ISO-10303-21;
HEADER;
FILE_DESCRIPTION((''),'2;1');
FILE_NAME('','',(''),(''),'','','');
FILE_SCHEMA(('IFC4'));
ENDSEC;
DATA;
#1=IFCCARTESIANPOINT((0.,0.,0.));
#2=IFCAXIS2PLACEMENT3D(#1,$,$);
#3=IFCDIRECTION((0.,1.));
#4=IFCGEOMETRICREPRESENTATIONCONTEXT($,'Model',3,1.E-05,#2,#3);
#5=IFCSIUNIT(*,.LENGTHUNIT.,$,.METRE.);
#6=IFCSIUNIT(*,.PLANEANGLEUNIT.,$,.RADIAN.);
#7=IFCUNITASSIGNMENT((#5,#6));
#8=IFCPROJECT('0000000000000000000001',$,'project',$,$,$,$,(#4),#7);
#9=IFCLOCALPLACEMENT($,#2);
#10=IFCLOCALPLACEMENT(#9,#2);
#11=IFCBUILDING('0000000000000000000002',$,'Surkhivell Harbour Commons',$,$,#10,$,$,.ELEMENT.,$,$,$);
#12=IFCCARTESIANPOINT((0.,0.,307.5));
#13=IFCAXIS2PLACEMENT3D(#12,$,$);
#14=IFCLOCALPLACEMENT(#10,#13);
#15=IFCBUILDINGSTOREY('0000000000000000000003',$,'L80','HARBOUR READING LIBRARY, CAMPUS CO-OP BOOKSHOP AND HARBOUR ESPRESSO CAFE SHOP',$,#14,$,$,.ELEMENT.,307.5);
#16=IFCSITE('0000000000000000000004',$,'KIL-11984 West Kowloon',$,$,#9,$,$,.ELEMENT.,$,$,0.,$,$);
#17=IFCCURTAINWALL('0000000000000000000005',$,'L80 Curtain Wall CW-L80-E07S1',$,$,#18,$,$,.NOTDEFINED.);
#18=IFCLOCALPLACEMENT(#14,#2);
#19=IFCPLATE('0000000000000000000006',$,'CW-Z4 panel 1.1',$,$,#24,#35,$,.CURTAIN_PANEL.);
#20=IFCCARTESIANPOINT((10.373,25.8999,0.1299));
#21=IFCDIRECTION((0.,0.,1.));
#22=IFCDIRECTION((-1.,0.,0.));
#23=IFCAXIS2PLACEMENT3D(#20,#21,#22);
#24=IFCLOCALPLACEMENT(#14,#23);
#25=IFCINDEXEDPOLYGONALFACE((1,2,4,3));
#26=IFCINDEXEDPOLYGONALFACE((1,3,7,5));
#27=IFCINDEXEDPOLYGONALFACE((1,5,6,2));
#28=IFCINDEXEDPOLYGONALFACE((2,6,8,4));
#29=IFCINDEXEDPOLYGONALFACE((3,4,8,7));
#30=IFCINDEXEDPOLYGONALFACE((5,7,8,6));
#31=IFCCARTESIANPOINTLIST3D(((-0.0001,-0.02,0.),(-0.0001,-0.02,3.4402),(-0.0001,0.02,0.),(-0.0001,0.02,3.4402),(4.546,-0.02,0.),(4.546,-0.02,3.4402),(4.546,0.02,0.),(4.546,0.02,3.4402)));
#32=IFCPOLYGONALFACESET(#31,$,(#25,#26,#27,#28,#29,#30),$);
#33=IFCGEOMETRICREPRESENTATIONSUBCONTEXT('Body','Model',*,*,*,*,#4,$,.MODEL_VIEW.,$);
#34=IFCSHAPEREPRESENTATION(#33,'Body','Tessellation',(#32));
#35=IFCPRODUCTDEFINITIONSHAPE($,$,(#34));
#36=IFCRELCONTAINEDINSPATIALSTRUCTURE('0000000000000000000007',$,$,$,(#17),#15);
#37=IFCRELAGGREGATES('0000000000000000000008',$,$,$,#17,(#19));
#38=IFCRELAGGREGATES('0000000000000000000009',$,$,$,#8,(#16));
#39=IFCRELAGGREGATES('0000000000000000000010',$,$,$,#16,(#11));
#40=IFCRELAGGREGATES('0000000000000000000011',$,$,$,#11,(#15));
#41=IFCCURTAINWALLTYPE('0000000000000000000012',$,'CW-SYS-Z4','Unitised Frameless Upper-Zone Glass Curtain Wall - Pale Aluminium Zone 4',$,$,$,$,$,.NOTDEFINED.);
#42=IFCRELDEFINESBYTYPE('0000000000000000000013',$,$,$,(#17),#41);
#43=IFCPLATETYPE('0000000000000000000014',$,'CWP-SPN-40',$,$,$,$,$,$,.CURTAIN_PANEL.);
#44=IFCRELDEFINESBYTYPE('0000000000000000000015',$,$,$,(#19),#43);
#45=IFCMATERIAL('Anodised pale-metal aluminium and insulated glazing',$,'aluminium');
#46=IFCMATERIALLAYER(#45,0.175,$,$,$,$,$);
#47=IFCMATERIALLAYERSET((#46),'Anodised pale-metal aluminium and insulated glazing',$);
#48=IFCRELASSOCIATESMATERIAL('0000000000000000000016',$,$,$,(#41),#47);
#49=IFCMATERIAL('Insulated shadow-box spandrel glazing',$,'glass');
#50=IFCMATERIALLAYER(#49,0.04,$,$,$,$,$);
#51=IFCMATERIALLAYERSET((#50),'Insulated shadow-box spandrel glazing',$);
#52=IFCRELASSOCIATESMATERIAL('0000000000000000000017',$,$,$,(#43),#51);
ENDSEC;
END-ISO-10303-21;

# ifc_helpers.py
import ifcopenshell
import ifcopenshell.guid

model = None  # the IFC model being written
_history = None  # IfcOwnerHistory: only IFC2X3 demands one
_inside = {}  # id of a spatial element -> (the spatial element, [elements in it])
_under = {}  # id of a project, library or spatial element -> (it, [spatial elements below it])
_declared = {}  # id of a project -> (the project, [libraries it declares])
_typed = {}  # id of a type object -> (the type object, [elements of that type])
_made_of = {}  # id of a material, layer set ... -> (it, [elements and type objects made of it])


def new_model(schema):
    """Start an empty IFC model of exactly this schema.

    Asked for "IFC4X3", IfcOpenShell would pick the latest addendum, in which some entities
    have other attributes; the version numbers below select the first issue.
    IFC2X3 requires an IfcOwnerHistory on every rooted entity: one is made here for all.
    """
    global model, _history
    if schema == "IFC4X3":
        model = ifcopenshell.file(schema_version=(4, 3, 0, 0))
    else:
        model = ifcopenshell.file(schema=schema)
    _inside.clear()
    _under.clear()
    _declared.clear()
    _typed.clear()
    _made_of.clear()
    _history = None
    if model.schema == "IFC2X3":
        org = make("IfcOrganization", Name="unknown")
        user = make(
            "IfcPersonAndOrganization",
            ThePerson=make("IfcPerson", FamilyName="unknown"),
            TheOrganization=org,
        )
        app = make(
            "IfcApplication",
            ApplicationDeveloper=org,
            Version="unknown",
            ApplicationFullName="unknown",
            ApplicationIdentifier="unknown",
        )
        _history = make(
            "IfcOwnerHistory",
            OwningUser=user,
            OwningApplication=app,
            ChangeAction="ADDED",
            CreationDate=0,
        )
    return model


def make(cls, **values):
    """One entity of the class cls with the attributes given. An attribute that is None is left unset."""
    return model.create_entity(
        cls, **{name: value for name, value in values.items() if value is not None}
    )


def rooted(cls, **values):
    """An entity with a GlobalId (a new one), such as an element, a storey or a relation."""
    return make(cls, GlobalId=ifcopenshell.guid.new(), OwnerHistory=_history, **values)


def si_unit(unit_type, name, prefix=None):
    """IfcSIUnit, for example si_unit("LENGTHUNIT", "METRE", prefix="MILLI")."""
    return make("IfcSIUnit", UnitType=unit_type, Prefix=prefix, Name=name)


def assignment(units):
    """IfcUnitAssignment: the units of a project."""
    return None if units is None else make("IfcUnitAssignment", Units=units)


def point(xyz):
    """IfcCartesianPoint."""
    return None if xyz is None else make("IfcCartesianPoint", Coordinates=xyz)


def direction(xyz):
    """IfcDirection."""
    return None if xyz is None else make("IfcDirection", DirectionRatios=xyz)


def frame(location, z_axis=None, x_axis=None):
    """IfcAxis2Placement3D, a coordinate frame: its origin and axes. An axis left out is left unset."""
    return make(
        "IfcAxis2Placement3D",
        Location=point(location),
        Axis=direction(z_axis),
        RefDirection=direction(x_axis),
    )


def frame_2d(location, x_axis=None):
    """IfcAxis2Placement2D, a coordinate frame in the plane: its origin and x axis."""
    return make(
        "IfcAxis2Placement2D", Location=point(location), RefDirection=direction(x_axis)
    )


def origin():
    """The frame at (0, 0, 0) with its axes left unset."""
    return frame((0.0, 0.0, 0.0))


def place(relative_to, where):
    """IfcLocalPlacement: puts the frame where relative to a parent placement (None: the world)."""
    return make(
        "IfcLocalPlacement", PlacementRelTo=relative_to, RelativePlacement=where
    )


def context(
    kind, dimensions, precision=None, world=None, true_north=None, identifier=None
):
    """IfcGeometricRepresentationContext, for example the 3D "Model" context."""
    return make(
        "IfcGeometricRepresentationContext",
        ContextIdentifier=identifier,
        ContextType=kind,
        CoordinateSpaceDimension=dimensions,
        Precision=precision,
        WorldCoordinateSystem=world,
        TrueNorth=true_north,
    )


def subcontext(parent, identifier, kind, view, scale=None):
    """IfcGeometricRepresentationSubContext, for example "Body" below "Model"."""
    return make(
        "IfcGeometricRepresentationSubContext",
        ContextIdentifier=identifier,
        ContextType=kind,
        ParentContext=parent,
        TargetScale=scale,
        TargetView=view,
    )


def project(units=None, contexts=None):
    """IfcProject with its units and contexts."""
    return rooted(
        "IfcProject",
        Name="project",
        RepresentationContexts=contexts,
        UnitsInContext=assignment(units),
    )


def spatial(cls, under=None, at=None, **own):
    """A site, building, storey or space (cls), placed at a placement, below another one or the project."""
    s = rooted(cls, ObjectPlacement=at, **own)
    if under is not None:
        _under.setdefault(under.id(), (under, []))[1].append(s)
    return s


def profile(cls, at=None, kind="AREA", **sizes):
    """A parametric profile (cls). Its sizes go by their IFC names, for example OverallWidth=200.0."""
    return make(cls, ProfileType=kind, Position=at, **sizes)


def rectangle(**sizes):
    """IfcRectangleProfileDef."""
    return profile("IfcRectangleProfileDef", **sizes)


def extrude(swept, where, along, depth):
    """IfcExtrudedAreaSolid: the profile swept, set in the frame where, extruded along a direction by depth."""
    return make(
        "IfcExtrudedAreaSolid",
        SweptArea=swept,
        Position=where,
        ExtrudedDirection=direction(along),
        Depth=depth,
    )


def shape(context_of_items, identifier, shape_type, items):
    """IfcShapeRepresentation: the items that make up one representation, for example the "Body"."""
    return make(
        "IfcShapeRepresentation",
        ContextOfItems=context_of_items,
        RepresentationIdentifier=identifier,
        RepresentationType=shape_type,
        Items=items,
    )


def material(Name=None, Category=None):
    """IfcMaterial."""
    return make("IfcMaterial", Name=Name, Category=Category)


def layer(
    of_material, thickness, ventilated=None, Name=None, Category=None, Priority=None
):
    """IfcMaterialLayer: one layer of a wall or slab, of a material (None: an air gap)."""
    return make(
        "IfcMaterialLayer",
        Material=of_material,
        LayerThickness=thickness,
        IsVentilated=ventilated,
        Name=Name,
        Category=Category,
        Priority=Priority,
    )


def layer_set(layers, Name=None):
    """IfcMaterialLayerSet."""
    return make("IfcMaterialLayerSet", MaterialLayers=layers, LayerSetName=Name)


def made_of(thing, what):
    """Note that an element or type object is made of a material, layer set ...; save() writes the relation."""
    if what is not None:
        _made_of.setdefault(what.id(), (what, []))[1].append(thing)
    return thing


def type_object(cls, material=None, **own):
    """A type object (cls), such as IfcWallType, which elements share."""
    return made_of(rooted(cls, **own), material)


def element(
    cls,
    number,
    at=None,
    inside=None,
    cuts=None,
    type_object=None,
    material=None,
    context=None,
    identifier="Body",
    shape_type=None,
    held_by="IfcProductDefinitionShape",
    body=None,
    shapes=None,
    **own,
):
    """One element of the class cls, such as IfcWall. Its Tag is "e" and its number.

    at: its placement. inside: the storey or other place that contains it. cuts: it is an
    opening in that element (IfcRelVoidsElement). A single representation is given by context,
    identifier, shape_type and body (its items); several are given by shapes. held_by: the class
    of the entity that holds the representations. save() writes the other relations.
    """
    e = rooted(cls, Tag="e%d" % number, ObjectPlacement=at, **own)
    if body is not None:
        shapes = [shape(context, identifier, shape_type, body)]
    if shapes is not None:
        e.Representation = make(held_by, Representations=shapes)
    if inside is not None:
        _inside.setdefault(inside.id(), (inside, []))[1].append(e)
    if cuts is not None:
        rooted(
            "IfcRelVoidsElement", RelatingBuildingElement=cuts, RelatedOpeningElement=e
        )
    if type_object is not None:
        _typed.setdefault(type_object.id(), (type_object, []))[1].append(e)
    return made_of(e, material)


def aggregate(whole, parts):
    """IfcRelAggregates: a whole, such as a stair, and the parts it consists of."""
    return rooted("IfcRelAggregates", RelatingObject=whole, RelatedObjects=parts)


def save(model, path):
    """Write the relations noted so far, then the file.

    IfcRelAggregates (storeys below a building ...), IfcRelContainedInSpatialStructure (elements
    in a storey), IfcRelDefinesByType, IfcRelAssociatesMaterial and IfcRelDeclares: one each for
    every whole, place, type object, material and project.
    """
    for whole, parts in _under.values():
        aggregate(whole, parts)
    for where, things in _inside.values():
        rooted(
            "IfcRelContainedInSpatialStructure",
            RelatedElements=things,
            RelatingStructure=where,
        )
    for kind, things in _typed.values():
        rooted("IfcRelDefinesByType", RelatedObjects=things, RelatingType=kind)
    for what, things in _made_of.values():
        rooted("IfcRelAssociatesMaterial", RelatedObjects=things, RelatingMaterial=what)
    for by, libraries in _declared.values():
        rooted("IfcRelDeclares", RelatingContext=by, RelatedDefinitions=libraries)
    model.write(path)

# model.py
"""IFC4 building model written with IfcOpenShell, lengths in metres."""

from ifc_helpers import new_model, si_unit, direction, frame, frame_2d, origin, place, context, subcontext, project, spatial, rectangle, extrude, material, layer, layer_set, type_object, element, aggregate, save


model = new_model("IFC4")

# Units and contexts
model_context = context("Model", 3, precision=1e-05, world=origin(), true_north=direction((0.0, 1.0)))
body_context = subcontext(model_context, "Body", "Model", "MODEL_VIEW")
ifc_project = project(units=[si_unit("LENGTHUNIT", "METRE"), si_unit("PLANEANGLEUNIT", "RADIAN")], contexts=[model_context])

# Site, building, storey
site_placement = place(None, origin())
site = spatial("IfcSite", under=ifc_project, at=site_placement, Name="KIL-11984 West Kowloon", CompositionType="ELEMENT", RefElevation=0.0)
building_placement = place(site_placement, origin())
building = spatial("IfcBuilding", under=site, at=building_placement, Name="Surkhivell Harbour Commons", CompositionType="ELEMENT")
storey_placement = place(building_placement, frame((0.0, 0.0, 307.5)))
storey = spatial("IfcBuildingStorey", under=building, at=storey_placement, Name="L80", Description="HARBOUR READING LIBRARY, CAMPUS CO-OP BOOKSHOP AND HARBOUR ESPRESSO CAFE SHOP", CompositionType="ELEMENT", Elevation=307.5)

# Curtain wall
ifc_material_1 = material(Name="Anodised pale-metal aluminium and insulated glazing", Category="aluminium")
ifc_layer_1 = layer(ifc_material_1, 0.175)
ifc_layer_set_1 = layer_set([ifc_layer_1], Name="Anodised pale-metal aluminium and insulated glazing")
curtain_wall_type = type_object("IfcCurtainWallType", Name="CW-SYS-Z4", Description="Unitised Frameless Upper-Zone Glass Curtain Wall - Pale Aluminium Zone 4", PredefinedType="NOTDEFINED", material=ifc_layer_set_1)
curtain_wall_1_placement = place(storey_placement, origin())
curtain_wall_1 = element("IfcCurtainWall", 1, at=curtain_wall_1_placement, inside=storey, type_object=curtain_wall_type, Name="L80 Curtain Wall CW-L80-E07S1", PredefinedType="NOTDEFINED")

# Plate
ifc_material_2 = material(Name="Insulated shadow-box spandrel glazing", Category="glass")
ifc_layer_2 = layer(ifc_material_2, 0.04)
ifc_layer_set_2 = layer_set([ifc_layer_2], Name="Insulated shadow-box spandrel glazing")
plate_type = type_object("IfcPlateType", Name="CWP-SPN-40", PredefinedType="CURTAIN_PANEL", material=ifc_layer_set_2)
plate_1_placement = place(storey_placement, frame((10.373, 25.8999, 0.1299), z_axis=(0.0, 0.0, 1.0), x_axis=(-1.0, 0.0, 0.0)))
plate_1 = element("IfcPlate", 2, at=plate_1_placement, type_object=plate_type, Name="CW-Z4 panel 1.1", PredefinedType="CURTAIN_PANEL", context=body_context, shape_type="SweptSolid", body=[
    extrude(rectangle(XDim=4.5461, YDim=0.04, at=frame_2d((2.2729, 0.0))), origin(), (0.0, 0.0, 1.0), 3.4402),
])
aggregate(curtain_wall_1, [plate_1])

save(model, "model.ifc")
